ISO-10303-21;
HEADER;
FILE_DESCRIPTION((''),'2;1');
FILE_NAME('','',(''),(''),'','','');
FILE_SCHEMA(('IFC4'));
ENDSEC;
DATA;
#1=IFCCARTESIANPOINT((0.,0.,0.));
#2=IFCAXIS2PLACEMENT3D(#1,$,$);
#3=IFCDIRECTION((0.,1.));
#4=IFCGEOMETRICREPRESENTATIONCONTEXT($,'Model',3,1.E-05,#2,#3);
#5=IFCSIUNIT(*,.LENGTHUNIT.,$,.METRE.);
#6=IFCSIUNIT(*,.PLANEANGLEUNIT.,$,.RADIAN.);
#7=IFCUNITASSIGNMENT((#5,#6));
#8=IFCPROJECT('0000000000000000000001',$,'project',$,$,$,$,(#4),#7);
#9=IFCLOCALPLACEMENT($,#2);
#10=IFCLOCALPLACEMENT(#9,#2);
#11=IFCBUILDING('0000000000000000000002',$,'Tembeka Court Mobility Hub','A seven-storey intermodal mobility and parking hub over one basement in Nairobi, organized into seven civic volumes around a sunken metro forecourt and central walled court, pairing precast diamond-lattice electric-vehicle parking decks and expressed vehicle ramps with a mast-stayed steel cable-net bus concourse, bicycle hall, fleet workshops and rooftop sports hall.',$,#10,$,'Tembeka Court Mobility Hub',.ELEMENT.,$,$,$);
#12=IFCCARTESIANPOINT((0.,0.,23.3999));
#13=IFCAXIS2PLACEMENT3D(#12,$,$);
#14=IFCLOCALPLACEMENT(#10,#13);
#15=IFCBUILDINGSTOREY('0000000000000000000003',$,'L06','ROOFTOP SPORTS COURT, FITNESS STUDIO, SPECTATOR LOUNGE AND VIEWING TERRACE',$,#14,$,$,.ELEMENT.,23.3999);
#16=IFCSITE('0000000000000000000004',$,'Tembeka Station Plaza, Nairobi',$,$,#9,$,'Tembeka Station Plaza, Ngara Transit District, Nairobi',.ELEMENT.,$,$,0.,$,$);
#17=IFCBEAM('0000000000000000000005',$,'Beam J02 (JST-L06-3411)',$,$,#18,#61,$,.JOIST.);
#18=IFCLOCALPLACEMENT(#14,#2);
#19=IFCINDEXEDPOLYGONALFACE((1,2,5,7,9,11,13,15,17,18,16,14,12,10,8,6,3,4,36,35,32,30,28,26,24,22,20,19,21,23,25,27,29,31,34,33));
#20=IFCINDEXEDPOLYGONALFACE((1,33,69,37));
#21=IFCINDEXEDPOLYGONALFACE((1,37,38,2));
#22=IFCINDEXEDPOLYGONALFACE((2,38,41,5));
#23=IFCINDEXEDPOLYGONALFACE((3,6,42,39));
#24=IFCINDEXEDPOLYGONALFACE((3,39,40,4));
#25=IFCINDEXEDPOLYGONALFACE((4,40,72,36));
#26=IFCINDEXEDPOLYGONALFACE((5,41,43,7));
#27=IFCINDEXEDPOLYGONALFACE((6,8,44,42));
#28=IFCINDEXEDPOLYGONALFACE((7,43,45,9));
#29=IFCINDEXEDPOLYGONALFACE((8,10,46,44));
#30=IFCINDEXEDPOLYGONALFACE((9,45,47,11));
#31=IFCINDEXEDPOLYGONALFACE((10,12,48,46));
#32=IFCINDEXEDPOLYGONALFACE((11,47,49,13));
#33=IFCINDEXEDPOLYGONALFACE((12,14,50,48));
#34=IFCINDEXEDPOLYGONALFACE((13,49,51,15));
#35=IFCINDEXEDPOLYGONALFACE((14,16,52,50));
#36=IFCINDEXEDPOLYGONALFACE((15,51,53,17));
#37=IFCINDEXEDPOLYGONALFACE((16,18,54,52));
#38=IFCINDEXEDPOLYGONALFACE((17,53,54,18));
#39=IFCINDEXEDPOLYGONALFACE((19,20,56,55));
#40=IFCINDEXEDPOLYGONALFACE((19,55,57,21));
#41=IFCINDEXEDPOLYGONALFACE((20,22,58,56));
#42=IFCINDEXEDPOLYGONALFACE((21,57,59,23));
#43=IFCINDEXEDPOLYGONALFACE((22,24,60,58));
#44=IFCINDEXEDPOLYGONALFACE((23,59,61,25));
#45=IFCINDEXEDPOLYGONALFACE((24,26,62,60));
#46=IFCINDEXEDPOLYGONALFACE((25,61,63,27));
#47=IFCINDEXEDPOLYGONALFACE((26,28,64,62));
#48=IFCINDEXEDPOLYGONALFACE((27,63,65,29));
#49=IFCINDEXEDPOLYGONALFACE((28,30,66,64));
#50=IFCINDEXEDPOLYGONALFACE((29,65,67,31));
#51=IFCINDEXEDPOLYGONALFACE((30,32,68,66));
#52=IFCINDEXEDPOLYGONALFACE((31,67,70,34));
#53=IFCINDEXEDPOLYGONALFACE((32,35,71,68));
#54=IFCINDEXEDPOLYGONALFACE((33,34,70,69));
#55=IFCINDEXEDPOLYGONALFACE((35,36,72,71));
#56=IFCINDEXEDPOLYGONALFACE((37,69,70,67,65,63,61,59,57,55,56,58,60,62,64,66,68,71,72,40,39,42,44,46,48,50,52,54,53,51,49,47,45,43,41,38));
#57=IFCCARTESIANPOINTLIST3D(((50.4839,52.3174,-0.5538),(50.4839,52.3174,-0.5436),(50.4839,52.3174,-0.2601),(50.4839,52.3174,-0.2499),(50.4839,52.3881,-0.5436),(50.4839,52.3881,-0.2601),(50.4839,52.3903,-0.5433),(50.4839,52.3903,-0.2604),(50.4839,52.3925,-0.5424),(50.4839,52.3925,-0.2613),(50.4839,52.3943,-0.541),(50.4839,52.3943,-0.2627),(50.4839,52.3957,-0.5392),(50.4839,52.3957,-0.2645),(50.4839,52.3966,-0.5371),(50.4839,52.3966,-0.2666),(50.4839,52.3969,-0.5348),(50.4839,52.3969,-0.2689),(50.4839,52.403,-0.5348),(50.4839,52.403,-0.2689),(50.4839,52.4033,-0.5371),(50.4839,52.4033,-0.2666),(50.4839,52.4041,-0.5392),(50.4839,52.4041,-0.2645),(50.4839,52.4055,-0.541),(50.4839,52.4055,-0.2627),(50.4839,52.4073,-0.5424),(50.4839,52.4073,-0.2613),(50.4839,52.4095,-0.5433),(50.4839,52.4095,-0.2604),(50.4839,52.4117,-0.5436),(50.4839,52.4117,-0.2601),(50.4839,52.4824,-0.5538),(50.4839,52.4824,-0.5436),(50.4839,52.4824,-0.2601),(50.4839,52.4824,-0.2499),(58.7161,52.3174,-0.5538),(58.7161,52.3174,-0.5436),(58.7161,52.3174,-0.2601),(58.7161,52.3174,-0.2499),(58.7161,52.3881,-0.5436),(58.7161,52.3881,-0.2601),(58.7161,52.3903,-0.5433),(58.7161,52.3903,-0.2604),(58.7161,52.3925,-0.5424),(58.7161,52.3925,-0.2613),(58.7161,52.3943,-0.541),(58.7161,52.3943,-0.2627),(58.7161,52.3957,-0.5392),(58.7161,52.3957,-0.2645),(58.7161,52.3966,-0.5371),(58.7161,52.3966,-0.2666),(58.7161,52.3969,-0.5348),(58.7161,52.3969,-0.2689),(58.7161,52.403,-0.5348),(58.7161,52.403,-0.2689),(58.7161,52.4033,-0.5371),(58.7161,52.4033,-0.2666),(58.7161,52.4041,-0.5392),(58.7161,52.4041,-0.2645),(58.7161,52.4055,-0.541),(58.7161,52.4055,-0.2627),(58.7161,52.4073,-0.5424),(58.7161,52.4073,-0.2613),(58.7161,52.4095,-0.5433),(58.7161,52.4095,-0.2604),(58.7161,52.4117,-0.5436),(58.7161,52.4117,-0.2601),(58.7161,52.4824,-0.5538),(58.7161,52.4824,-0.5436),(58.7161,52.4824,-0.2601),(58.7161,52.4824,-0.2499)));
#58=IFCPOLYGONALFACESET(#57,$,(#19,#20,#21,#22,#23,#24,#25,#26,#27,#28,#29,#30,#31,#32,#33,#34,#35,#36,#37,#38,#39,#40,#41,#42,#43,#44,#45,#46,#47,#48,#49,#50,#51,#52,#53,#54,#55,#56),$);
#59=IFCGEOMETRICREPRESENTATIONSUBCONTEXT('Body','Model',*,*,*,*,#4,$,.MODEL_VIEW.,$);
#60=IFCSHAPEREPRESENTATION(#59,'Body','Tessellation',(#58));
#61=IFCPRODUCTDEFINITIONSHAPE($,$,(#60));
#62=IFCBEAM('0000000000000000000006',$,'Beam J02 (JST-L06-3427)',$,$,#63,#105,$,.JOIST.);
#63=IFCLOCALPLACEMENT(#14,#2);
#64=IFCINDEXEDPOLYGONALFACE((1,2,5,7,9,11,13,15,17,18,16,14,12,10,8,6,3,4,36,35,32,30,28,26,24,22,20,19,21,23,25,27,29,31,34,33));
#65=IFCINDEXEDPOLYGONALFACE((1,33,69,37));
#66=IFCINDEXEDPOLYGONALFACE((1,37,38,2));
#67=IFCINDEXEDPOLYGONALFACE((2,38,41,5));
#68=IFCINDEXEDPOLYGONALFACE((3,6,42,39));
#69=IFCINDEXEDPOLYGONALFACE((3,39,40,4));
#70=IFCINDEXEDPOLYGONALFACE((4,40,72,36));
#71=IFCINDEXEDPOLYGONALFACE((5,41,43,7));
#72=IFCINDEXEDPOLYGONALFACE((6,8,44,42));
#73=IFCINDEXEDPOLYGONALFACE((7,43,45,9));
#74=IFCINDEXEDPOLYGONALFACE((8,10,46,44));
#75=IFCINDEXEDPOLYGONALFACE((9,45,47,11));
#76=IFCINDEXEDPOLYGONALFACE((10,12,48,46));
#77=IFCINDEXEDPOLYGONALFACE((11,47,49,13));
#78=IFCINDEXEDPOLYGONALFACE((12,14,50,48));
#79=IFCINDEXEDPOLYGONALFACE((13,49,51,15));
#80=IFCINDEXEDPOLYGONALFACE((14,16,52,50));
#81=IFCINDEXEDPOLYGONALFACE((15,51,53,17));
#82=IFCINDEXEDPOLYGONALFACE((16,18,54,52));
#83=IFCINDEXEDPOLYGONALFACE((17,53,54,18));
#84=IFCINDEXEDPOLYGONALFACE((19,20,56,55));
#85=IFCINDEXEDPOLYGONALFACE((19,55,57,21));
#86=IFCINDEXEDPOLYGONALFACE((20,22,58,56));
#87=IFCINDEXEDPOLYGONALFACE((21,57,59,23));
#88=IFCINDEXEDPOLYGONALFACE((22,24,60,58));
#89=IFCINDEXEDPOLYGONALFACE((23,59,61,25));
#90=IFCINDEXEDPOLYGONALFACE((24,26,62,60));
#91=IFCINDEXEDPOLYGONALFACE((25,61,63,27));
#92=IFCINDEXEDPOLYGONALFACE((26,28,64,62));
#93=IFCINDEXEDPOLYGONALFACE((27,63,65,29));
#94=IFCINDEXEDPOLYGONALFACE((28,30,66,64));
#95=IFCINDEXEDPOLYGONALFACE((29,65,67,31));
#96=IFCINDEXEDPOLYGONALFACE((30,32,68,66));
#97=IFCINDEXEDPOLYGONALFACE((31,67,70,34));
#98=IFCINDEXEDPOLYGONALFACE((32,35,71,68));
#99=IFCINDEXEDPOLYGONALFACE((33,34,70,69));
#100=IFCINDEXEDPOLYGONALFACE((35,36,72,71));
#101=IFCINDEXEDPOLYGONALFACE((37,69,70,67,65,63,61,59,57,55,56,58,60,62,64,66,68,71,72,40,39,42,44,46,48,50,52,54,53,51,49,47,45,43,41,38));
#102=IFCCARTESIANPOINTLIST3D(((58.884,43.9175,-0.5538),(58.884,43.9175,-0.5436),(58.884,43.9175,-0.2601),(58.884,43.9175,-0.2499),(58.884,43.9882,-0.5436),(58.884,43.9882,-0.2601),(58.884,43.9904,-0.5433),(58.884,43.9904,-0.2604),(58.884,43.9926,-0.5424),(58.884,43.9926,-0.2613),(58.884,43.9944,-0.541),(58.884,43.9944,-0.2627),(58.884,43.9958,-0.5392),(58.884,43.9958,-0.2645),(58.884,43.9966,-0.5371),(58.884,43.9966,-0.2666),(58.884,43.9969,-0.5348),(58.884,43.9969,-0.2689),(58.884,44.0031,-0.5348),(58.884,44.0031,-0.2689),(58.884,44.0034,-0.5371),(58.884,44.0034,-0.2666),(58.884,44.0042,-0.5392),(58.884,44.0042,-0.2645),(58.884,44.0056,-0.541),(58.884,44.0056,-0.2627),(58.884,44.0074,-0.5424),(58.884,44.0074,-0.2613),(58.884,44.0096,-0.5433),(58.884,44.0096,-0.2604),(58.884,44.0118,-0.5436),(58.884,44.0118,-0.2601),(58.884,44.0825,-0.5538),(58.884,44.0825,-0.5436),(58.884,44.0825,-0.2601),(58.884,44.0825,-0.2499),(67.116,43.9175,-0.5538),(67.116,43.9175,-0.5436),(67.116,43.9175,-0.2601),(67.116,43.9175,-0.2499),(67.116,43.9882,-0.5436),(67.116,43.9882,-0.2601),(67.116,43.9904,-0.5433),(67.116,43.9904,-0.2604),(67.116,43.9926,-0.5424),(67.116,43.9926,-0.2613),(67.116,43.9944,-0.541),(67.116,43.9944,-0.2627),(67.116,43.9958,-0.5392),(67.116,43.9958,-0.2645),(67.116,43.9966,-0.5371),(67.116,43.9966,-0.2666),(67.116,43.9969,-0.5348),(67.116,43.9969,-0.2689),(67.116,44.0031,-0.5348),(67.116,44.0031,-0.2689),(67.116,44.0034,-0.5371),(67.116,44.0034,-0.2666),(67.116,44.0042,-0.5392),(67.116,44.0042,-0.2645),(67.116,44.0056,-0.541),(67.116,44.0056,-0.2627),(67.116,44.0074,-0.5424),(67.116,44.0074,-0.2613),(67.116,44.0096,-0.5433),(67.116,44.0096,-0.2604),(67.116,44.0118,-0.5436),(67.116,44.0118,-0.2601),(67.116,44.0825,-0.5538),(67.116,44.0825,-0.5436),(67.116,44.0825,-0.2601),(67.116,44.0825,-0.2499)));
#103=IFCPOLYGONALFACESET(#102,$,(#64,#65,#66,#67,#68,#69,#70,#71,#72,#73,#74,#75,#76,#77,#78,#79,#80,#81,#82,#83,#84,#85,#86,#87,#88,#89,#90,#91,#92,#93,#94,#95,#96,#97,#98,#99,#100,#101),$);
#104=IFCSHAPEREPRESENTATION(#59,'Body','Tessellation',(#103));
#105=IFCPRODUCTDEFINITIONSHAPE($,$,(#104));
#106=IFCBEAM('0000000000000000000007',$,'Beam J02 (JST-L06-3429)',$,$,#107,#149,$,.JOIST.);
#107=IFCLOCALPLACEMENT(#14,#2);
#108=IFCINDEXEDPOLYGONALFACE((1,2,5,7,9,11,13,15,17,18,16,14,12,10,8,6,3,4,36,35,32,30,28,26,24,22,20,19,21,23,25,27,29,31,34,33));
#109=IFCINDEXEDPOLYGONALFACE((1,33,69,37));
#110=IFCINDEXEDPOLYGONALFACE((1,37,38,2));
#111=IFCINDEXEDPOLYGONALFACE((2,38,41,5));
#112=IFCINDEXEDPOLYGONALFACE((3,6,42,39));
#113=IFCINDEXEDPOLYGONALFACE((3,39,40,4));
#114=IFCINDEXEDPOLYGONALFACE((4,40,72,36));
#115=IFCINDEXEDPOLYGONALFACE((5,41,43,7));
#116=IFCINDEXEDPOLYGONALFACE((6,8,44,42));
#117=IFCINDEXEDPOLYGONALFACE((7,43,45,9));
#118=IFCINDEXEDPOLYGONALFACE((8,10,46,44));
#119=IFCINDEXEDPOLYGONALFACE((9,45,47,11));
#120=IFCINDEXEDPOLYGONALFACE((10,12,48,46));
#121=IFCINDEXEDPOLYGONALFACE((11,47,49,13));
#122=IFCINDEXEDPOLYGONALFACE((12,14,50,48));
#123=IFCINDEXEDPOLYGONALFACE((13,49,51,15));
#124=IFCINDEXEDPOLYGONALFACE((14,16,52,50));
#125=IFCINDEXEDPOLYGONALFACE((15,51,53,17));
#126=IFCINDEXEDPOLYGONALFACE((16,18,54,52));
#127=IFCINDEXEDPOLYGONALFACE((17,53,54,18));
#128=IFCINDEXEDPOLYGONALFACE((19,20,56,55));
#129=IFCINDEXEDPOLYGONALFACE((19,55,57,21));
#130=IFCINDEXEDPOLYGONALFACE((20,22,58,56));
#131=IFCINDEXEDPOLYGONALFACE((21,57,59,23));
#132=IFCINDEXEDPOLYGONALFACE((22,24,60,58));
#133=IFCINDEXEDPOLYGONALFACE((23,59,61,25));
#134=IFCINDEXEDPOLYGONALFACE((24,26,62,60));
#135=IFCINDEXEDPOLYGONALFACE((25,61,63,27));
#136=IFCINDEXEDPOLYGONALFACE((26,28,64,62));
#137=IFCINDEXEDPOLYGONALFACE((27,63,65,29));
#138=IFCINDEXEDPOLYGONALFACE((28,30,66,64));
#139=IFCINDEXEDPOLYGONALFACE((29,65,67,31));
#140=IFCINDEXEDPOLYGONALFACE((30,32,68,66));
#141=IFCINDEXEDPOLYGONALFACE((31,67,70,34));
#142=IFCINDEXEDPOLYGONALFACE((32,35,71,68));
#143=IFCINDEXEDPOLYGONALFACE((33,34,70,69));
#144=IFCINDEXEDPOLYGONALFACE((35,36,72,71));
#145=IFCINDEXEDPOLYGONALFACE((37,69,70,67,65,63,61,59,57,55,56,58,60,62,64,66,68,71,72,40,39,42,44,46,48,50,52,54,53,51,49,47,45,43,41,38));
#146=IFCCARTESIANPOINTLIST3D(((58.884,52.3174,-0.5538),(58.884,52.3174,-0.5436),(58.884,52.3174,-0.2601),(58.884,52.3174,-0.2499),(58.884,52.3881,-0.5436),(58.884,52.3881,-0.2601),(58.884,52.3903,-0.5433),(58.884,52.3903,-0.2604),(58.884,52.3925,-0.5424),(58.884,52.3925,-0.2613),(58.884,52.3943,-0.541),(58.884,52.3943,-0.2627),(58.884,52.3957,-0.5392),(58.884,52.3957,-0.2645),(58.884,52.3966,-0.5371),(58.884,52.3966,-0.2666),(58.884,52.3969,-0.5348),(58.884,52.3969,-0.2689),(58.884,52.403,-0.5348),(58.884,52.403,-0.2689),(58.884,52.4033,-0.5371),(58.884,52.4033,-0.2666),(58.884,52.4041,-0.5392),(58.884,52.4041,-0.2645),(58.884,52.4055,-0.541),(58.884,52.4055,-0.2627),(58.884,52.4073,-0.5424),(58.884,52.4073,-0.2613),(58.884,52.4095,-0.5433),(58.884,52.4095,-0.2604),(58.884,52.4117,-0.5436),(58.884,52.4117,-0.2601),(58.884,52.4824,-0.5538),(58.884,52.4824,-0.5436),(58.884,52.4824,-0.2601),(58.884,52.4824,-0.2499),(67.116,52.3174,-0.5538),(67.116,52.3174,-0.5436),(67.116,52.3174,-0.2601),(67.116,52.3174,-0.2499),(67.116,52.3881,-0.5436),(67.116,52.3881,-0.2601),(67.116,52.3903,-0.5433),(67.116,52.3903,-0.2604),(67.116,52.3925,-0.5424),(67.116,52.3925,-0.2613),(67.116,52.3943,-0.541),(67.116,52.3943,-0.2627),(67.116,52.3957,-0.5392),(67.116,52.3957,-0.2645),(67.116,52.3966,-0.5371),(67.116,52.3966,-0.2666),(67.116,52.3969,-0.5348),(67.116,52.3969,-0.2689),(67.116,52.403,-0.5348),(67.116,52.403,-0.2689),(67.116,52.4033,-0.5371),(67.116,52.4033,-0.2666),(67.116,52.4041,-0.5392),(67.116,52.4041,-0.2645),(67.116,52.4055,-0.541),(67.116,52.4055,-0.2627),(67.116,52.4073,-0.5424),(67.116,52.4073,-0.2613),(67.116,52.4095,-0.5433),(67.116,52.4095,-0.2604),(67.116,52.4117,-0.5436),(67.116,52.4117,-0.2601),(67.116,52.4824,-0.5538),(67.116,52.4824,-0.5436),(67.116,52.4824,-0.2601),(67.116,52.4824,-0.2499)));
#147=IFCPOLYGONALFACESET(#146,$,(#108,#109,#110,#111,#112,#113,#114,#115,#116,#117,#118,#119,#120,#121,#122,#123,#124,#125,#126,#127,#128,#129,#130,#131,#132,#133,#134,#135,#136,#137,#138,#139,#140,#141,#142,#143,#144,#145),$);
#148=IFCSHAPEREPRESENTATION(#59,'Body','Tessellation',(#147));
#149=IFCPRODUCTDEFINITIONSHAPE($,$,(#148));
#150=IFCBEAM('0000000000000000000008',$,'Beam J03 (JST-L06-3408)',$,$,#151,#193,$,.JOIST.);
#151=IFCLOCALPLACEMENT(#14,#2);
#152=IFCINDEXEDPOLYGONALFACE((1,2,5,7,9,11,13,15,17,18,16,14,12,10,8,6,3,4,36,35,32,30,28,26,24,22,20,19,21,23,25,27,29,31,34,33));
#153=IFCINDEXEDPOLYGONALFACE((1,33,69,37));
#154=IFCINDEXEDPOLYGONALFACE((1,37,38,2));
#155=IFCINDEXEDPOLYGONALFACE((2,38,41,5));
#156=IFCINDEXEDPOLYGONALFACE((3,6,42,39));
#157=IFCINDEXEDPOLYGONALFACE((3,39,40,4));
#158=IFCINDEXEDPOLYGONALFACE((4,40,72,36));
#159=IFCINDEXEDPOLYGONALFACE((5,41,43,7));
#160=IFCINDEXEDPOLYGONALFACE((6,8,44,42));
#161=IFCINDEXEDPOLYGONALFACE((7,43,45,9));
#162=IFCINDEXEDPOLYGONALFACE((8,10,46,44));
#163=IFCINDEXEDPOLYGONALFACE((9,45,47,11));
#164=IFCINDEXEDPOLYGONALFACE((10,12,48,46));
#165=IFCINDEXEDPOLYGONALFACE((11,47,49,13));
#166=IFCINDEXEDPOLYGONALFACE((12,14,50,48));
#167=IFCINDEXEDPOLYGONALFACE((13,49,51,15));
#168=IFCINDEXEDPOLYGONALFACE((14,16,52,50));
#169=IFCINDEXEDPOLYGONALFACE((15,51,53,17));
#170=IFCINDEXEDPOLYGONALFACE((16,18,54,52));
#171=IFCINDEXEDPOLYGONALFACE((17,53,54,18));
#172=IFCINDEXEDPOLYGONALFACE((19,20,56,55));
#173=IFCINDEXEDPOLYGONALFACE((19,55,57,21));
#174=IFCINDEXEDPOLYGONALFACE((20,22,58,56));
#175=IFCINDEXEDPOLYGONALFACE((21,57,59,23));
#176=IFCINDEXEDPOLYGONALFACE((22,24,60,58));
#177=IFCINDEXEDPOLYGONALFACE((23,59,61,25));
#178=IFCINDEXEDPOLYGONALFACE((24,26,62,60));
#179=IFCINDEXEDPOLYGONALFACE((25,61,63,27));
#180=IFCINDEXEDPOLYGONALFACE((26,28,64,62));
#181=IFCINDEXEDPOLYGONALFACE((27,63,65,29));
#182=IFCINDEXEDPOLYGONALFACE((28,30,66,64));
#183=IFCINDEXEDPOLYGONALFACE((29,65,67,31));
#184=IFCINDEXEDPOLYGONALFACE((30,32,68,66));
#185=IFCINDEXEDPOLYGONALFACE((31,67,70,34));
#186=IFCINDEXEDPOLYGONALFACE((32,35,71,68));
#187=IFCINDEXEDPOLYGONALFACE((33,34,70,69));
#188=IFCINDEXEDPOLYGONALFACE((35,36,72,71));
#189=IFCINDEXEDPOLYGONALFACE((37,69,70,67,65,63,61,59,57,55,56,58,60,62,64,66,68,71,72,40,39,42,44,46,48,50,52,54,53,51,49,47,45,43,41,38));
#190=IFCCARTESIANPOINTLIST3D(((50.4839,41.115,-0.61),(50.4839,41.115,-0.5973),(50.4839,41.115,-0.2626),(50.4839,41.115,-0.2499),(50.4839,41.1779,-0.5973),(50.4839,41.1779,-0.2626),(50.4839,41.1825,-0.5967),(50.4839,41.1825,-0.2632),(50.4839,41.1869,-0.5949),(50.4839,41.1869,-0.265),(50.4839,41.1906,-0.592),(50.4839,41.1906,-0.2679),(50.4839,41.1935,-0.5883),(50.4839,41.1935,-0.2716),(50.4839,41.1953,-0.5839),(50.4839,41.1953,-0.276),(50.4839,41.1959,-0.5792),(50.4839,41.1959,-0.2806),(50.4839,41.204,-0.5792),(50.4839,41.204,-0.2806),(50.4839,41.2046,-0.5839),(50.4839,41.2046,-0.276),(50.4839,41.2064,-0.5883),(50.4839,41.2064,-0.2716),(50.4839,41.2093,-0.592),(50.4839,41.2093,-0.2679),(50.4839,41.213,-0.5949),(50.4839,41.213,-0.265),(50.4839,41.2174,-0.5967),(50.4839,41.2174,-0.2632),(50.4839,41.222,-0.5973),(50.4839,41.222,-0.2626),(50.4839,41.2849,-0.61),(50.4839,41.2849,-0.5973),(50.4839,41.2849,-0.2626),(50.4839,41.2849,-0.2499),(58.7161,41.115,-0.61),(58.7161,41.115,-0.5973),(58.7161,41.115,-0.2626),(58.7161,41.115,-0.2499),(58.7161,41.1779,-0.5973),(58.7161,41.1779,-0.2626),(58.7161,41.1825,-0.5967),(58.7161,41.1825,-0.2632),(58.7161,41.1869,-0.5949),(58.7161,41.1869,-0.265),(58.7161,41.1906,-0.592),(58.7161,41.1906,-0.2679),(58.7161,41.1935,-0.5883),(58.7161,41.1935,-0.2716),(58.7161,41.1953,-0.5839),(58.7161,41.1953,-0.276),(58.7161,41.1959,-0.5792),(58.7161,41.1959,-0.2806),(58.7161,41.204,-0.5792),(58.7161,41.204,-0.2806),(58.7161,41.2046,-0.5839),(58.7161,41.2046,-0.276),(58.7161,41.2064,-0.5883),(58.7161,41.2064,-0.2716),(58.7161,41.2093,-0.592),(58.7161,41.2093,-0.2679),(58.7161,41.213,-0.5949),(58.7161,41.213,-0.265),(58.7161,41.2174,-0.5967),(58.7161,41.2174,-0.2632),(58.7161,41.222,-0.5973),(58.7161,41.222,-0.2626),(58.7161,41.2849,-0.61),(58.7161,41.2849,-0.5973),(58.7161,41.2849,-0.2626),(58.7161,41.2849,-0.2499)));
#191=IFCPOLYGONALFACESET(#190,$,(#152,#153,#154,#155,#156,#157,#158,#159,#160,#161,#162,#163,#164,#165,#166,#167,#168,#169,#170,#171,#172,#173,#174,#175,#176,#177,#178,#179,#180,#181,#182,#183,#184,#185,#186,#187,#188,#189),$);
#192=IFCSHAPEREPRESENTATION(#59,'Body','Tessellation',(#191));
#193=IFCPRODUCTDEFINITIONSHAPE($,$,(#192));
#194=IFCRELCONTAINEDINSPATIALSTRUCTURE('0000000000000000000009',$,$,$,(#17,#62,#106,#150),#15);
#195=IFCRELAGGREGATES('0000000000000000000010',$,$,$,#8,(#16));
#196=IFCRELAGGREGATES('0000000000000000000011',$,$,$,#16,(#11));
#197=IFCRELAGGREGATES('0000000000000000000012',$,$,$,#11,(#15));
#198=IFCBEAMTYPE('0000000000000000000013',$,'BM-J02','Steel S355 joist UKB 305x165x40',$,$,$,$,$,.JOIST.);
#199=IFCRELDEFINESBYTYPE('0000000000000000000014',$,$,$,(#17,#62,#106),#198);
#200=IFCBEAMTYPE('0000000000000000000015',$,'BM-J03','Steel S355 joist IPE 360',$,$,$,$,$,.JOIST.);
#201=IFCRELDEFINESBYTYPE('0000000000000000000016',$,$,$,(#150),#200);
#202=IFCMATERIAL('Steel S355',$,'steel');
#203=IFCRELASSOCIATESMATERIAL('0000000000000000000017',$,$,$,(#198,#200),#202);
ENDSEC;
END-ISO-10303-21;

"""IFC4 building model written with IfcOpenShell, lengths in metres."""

from ifc_helpers import new_model, si_unit, direction, frame, origin, origin_2d, place, context, subcontext, project, spatial, i_section, extrude, material, material_profile, profile_set, type_object, element, save


model = new_model("IFC4")

# Units and contexts
model_context = context("Model", 3, precision=1e-05, world=origin(), true_north=direction((0.0, 1.0)))
body_context = subcontext(model_context, "Body", "Model", "MODEL_VIEW")
ifc_project = project(units=[si_unit("LENGTHUNIT", "METRE"), si_unit("PLANEANGLEUNIT", "RADIAN")], contexts=[model_context])

# Site, building, storey
site_placement = place(None, origin())
site = spatial("IfcSite", under=ifc_project, at=site_placement, Name="Tembeka Station Plaza, Nairobi", LongName="Tembeka Station Plaza, Ngara Transit District, Nairobi", CompositionType="ELEMENT", RefElevation=0.0)
building_placement = place(site_placement, origin())
building = spatial("IfcBuilding", under=site, at=building_placement, Name="Tembeka Court Mobility Hub", Description="A seven-storey intermodal mobility and parking hub over one basement in Nairobi, organized into seven civic volumes around a sunken metro forecourt and central walled court, pairing precast diamond-lattice electric-vehicle parking decks and expressed vehicle ramps with a mast-stayed steel cable-net bus concourse, bicycle hall, fleet workshops and rooftop sports hall.", LongName="Tembeka Court Mobility Hub", CompositionType="ELEMENT")
storey_placement = place(building_placement, frame((0.0, 0.0, 23.3999)))
storey = spatial("IfcBuildingStorey", under=building, at=storey_placement, Name="L06", Description="ROOFTOP SPORTS COURT, FITNESS STUDIO, SPECTATOR LOUNGE AND VIEWING TERRACE", CompositionType="ELEMENT", Elevation=23.3999)

# Shared definitions
ifc_material_1 = material(Name="Steel S355", Category="steel")

# Beams
ifc_material_profile_1 = material_profile(ifc_material_1, i_section(OverallWidth=0.165, OverallDepth=0.304, WebThickness=0.0061, FlangeThickness=0.0103, FilletRadius=0.0088, at=origin_2d()), Name="UKB 305x165x40")
ifc_profile_set_1 = profile_set([ifc_material_profile_1], Name="Steel S355")
beam_type_1 = type_object("IfcBeamType", Name="BM-J02", Description="Steel S355 joist UKB 305x165x40", PredefinedType="JOIST", material=ifc_profile_set_1)
for number, where, z_axis, x_axis, name in (
    (1, (50.4839, 52.3999, -0.4019), (1.0, 0.0, 0.0), (0.0, 1.0, 0.0), "Beam J02 (JST-L06-3411)"),
):
    element("IfcBeam", number, at=place(storey_placement, frame(where, z_axis=z_axis, x_axis=x_axis)), inside=storey, type_object=beam_type_1, Name=name, PredefinedType="JOIST", context=body_context, shape_type="SweptSolid", body=[
        extrude(i_section(OverallWidth=0.165, OverallDepth=0.304, WebThickness=0.0061, FlangeThickness=0.0103, FilletRadius=0.0088, at=origin_2d()), origin(), (0.0, 0.0, 1.0), 8.2322),
    ])
for number, where, z_axis, x_axis, name in (
    (2, (58.884, 44.0, -0.4019), (1.0, 0.0, 0.0), (0.0, 1.0, 0.0), "Beam J02 (JST-L06-3427)"),
    (3, (58.884, 52.3999, -0.4019), (1.0, 0.0, 0.0), (0.0, 1.0, 0.0), "Beam J02 (JST-L06-3429)"),
):
    element("IfcBeam", number, at=place(storey_placement, frame(where, z_axis=z_axis, x_axis=x_axis)), inside=storey, type_object=beam_type_1, Name=name, PredefinedType="JOIST", context=body_context, shape_type="SweptSolid", body=[
        extrude(i_section(OverallWidth=0.165, OverallDepth=0.304, WebThickness=0.0061, FlangeThickness=0.0103, FilletRadius=0.0088, at=origin_2d()), origin(), (0.0, 0.0, 1.0), 8.2319),
    ])
ifc_material_profile_2 = material_profile(ifc_material_1, i_section(OverallWidth=0.1699, OverallDepth=0.3601, WebThickness=0.0081, FlangeThickness=0.0127, FilletRadius=0.0181, at=origin_2d()), Name="IPE 360")
ifc_profile_set_2 = profile_set([ifc_material_profile_2], Name="Steel S355")
beam_type_2 = type_object("IfcBeamType", Name="BM-J03", Description="Steel S355 joist IPE 360", PredefinedType="JOIST", material=ifc_profile_set_2)
for number, where, z_axis, x_axis, name in (
    (4, (50.4839, 41.2, -0.4299), (1.0, 0.0, 0.0), (0.0, 1.0, 0.0), "Beam J03 (JST-L06-3408)"),
):
    element("IfcBeam", number, at=place(storey_placement, frame(where, z_axis=z_axis, x_axis=x_axis)), inside=storey, type_object=beam_type_2, Name=name, PredefinedType="JOIST", context=body_context, shape_type="SweptSolid", body=[
        extrude(i_section(OverallWidth=0.1699, OverallDepth=0.3601, WebThickness=0.0081, FlangeThickness=0.0127, FilletRadius=0.0181, at=origin_2d()), origin(), (0.0, 0.0, 1.0), 8.2322),
    ])

save(model, "model.ifc")
